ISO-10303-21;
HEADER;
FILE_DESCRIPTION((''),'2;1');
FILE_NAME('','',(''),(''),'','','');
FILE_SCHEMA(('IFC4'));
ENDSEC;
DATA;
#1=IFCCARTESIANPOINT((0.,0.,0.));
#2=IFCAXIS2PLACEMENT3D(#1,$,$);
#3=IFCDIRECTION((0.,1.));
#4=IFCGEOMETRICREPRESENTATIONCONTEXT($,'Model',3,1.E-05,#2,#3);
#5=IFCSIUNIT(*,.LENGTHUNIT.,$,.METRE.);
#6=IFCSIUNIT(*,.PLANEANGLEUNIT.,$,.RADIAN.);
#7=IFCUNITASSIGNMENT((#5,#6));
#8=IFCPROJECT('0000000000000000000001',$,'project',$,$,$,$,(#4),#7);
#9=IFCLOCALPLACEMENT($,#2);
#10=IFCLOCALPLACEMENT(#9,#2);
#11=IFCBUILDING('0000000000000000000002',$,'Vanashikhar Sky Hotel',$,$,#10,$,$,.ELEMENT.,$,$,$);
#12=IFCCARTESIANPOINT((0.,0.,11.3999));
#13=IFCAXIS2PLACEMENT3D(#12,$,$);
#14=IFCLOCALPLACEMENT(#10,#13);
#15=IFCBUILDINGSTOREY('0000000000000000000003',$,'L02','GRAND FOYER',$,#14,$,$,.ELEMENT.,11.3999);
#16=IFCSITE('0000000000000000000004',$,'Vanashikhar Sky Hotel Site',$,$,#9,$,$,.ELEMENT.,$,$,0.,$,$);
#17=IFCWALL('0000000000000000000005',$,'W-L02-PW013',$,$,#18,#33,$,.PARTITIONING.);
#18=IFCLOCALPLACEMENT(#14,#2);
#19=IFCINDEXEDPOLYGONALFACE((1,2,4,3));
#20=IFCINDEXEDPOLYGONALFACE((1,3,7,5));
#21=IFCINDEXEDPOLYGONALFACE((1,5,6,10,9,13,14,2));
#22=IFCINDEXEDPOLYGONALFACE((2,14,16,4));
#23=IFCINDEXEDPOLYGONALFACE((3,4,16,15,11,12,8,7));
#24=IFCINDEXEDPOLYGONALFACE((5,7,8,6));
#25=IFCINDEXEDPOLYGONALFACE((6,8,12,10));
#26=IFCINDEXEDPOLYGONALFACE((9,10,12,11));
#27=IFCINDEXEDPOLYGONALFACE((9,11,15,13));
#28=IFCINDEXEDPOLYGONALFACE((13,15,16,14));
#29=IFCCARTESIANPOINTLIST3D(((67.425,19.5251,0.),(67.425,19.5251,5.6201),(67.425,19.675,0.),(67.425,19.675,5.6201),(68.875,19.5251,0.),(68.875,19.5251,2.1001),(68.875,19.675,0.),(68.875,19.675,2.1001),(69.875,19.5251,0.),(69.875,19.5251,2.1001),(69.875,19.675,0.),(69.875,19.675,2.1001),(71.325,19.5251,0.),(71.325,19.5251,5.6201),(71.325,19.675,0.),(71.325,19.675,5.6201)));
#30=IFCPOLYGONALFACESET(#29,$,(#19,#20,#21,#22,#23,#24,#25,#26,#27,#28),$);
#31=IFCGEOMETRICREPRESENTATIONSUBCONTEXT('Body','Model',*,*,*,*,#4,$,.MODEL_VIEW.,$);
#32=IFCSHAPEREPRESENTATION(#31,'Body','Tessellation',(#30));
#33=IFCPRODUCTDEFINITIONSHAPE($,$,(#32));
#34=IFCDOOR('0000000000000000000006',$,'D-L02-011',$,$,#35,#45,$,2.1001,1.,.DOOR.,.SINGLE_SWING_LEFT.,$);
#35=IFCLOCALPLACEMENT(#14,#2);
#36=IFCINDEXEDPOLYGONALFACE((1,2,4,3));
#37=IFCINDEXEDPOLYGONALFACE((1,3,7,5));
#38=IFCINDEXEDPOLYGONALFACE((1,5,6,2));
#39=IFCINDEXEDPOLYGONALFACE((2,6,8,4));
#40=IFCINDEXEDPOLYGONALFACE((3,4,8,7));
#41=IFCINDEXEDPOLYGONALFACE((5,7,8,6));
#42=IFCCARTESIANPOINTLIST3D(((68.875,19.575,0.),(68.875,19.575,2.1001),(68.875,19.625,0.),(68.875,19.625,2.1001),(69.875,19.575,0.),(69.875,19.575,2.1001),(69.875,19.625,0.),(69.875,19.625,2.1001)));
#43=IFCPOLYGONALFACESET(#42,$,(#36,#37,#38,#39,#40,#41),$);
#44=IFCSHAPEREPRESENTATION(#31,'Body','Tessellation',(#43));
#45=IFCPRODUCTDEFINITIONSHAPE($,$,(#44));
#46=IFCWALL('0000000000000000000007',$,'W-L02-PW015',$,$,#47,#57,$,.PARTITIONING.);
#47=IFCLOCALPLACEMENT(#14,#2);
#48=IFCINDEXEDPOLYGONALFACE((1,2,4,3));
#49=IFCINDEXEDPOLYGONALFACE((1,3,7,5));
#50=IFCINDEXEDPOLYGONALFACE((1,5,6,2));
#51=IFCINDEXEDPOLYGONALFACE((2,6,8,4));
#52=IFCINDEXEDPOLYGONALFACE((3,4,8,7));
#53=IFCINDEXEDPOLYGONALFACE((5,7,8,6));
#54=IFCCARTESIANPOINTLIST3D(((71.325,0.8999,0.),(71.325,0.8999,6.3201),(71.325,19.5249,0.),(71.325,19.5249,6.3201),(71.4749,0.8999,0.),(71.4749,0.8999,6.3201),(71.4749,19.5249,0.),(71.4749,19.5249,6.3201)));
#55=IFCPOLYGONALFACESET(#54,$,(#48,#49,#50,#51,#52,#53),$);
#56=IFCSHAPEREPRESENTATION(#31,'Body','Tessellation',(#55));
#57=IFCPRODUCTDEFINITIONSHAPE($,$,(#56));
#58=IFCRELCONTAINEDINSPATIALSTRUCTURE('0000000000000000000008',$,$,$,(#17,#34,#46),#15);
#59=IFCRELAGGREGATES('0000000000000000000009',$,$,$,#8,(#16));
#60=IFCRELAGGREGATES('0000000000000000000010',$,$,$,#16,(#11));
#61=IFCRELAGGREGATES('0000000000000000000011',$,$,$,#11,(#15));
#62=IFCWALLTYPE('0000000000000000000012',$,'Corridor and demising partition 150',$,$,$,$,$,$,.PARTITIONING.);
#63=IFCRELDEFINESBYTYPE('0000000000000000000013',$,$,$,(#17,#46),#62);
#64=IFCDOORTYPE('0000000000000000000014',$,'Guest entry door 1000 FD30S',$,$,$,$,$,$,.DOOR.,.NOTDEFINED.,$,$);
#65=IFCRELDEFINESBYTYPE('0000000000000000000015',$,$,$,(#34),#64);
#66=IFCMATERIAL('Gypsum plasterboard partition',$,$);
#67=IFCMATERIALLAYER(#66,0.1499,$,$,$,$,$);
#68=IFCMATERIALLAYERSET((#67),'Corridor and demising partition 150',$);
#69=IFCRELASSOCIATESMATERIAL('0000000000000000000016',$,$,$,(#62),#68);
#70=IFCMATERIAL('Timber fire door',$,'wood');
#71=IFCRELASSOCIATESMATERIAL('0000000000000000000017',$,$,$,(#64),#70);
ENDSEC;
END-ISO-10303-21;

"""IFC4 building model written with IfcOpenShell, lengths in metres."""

from ifc_helpers import new_model, si_unit, direction, frame, frame_2d, origin, place, context, subcontext, project, spatial, rectangle, extrude, source, transform, mapped, material, layer, layer_set, type_object, element, fill, save


model = new_model("IFC4")

# Units and contexts
model_context = context("Model", 3, precision=1e-05, world=origin(), true_north=direction((0.0, 1.0)))
body_context = subcontext(model_context, "Body", "Model", "MODEL_VIEW")
ifc_project = project(units=[si_unit("LENGTHUNIT", "METRE"), si_unit("PLANEANGLEUNIT", "RADIAN")], contexts=[model_context])

# Site, building, storey
site_placement = place(None, origin())
site = spatial("IfcSite", under=ifc_project, at=site_placement, Name="Vanashikhar Sky Hotel Site", CompositionType="ELEMENT", RefElevation=0.0)
building_placement = place(site_placement, origin())
building = spatial("IfcBuilding", under=site, at=building_placement, Name="Vanashikhar Sky Hotel", CompositionType="ELEMENT")
storey_placement = place(building_placement, frame((0.0, 0.0, 11.3999)))
storey = spatial("IfcBuildingStorey", under=building, at=storey_placement, Name="L02", Description="GRAND FOYER", CompositionType="ELEMENT", Elevation=11.3999)

# Wall, opening, door
ifc_material_1 = material(Name="Gypsum plasterboard partition")
ifc_layer_1 = layer(ifc_material_1, 0.1499)
ifc_layer_set_1 = layer_set([ifc_layer_1], Name="Corridor and demising partition 150")
wall_type_1 = type_object("IfcWallType", Name="Corridor and demising partition 150", PredefinedType="PARTITIONING", material=ifc_layer_set_1)
shared_shape_1 = source(origin(), body_context, "Body", "SweptSolid", [
    extrude(rectangle(XDim=3.8999, YDim=0.1499, at=frame_2d((1.95, 0.0))), origin(), (0.0, 0.0, 1.0), 5.6201),
])
wall_1_placement = place(storey_placement, frame((67.425, 19.6001, 0.0), z_axis=(0.0, 0.0, 1.0), x_axis=(1.0, 0.0, 0.0)))
wall_1 = element("IfcWall", 1, at=wall_1_placement, inside=storey, type_object=wall_type_1, Name="W-L02-PW013", PredefinedType="PARTITIONING", context=body_context, shape_type="MappedRepresentation", body=[
    mapped(shared_shape_1, transform((0.0, 0.0, 0.0), scale=1.0)),
])
shared_shape_2 = source(origin(), body_context, "Body", "SweptSolid", [
    extrude(rectangle(XDim=1.0, YDim=2.1001, at=frame_2d((0.5, 1.05))), frame((0.0, 0.085, 0.0), z_axis=(0.0, -1.0, 0.0), x_axis=(1.0, 0.0, 0.0)), (0.0, 0.0, 1.0), 0.1699),
])
opening_1_placement = place(wall_1_placement, frame((1.45, 0.0, 0.0)))
opening_1 = element("IfcOpeningElement", 2, at=opening_1_placement, cuts=wall_1, PredefinedType="OPENING", context=body_context, shape_type="MappedRepresentation", body=[
    mapped(shared_shape_2, transform((0.0, 0.0, 0.0), scale=1.0)),
])
ifc_material_2 = material(Name="Timber fire door", Category="wood")
door_type = type_object("IfcDoorType", Name="Guest entry door 1000 FD30S", OperationType="NOTDEFINED", PredefinedType="DOOR", material=ifc_material_2)
shared_shape_3 = source(origin(), body_context, "Body", "SweptSolid", [
    extrude(rectangle(XDim=1.0, YDim=2.1001, at=frame_2d((0.5, 1.05))), frame((0.0, 0.0249, 0.0), z_axis=(0.0, -1.0, 0.0), x_axis=(1.0, 0.0, 0.0)), (0.0, 0.0, 1.0), 0.05),
])
door_placement = place(opening_1_placement, origin())
door = element("IfcDoor", 3, at=door_placement, inside=storey, type_object=door_type, Name="D-L02-011", OperationType="SINGLE_SWING_LEFT", OverallHeight=2.1001, OverallWidth=1.0, PredefinedType="DOOR", context=body_context, shape_type="MappedRepresentation", body=[
    mapped(shared_shape_3, transform((0.0, 0.0, 0.0), scale=1.0)),
])
fill(opening_1, door)

# Wall
shared_shape_4 = source(origin(), body_context, "Body", "SweptSolid", [
    extrude(rectangle(XDim=18.625, YDim=0.1499, at=frame_2d((9.3125, 0.0))), origin(), (0.0, 0.0, 1.0), 6.3201),
])
wall_2_placement = place(storey_placement, frame((71.3999, 0.8999, 0.0), z_axis=(0.0, 0.0, 1.0), x_axis=(0.0, 1.0, 0.0)))
element("IfcWall", 4, at=wall_2_placement, inside=storey, type_object=wall_type_1, Name="W-L02-PW015", PredefinedType="PARTITIONING", context=body_context, shape_type="MappedRepresentation", body=[
    mapped(shared_shape_4, transform((0.0, 0.0, 0.0), scale=1.0)),
])

save(model, "model.ifc")
